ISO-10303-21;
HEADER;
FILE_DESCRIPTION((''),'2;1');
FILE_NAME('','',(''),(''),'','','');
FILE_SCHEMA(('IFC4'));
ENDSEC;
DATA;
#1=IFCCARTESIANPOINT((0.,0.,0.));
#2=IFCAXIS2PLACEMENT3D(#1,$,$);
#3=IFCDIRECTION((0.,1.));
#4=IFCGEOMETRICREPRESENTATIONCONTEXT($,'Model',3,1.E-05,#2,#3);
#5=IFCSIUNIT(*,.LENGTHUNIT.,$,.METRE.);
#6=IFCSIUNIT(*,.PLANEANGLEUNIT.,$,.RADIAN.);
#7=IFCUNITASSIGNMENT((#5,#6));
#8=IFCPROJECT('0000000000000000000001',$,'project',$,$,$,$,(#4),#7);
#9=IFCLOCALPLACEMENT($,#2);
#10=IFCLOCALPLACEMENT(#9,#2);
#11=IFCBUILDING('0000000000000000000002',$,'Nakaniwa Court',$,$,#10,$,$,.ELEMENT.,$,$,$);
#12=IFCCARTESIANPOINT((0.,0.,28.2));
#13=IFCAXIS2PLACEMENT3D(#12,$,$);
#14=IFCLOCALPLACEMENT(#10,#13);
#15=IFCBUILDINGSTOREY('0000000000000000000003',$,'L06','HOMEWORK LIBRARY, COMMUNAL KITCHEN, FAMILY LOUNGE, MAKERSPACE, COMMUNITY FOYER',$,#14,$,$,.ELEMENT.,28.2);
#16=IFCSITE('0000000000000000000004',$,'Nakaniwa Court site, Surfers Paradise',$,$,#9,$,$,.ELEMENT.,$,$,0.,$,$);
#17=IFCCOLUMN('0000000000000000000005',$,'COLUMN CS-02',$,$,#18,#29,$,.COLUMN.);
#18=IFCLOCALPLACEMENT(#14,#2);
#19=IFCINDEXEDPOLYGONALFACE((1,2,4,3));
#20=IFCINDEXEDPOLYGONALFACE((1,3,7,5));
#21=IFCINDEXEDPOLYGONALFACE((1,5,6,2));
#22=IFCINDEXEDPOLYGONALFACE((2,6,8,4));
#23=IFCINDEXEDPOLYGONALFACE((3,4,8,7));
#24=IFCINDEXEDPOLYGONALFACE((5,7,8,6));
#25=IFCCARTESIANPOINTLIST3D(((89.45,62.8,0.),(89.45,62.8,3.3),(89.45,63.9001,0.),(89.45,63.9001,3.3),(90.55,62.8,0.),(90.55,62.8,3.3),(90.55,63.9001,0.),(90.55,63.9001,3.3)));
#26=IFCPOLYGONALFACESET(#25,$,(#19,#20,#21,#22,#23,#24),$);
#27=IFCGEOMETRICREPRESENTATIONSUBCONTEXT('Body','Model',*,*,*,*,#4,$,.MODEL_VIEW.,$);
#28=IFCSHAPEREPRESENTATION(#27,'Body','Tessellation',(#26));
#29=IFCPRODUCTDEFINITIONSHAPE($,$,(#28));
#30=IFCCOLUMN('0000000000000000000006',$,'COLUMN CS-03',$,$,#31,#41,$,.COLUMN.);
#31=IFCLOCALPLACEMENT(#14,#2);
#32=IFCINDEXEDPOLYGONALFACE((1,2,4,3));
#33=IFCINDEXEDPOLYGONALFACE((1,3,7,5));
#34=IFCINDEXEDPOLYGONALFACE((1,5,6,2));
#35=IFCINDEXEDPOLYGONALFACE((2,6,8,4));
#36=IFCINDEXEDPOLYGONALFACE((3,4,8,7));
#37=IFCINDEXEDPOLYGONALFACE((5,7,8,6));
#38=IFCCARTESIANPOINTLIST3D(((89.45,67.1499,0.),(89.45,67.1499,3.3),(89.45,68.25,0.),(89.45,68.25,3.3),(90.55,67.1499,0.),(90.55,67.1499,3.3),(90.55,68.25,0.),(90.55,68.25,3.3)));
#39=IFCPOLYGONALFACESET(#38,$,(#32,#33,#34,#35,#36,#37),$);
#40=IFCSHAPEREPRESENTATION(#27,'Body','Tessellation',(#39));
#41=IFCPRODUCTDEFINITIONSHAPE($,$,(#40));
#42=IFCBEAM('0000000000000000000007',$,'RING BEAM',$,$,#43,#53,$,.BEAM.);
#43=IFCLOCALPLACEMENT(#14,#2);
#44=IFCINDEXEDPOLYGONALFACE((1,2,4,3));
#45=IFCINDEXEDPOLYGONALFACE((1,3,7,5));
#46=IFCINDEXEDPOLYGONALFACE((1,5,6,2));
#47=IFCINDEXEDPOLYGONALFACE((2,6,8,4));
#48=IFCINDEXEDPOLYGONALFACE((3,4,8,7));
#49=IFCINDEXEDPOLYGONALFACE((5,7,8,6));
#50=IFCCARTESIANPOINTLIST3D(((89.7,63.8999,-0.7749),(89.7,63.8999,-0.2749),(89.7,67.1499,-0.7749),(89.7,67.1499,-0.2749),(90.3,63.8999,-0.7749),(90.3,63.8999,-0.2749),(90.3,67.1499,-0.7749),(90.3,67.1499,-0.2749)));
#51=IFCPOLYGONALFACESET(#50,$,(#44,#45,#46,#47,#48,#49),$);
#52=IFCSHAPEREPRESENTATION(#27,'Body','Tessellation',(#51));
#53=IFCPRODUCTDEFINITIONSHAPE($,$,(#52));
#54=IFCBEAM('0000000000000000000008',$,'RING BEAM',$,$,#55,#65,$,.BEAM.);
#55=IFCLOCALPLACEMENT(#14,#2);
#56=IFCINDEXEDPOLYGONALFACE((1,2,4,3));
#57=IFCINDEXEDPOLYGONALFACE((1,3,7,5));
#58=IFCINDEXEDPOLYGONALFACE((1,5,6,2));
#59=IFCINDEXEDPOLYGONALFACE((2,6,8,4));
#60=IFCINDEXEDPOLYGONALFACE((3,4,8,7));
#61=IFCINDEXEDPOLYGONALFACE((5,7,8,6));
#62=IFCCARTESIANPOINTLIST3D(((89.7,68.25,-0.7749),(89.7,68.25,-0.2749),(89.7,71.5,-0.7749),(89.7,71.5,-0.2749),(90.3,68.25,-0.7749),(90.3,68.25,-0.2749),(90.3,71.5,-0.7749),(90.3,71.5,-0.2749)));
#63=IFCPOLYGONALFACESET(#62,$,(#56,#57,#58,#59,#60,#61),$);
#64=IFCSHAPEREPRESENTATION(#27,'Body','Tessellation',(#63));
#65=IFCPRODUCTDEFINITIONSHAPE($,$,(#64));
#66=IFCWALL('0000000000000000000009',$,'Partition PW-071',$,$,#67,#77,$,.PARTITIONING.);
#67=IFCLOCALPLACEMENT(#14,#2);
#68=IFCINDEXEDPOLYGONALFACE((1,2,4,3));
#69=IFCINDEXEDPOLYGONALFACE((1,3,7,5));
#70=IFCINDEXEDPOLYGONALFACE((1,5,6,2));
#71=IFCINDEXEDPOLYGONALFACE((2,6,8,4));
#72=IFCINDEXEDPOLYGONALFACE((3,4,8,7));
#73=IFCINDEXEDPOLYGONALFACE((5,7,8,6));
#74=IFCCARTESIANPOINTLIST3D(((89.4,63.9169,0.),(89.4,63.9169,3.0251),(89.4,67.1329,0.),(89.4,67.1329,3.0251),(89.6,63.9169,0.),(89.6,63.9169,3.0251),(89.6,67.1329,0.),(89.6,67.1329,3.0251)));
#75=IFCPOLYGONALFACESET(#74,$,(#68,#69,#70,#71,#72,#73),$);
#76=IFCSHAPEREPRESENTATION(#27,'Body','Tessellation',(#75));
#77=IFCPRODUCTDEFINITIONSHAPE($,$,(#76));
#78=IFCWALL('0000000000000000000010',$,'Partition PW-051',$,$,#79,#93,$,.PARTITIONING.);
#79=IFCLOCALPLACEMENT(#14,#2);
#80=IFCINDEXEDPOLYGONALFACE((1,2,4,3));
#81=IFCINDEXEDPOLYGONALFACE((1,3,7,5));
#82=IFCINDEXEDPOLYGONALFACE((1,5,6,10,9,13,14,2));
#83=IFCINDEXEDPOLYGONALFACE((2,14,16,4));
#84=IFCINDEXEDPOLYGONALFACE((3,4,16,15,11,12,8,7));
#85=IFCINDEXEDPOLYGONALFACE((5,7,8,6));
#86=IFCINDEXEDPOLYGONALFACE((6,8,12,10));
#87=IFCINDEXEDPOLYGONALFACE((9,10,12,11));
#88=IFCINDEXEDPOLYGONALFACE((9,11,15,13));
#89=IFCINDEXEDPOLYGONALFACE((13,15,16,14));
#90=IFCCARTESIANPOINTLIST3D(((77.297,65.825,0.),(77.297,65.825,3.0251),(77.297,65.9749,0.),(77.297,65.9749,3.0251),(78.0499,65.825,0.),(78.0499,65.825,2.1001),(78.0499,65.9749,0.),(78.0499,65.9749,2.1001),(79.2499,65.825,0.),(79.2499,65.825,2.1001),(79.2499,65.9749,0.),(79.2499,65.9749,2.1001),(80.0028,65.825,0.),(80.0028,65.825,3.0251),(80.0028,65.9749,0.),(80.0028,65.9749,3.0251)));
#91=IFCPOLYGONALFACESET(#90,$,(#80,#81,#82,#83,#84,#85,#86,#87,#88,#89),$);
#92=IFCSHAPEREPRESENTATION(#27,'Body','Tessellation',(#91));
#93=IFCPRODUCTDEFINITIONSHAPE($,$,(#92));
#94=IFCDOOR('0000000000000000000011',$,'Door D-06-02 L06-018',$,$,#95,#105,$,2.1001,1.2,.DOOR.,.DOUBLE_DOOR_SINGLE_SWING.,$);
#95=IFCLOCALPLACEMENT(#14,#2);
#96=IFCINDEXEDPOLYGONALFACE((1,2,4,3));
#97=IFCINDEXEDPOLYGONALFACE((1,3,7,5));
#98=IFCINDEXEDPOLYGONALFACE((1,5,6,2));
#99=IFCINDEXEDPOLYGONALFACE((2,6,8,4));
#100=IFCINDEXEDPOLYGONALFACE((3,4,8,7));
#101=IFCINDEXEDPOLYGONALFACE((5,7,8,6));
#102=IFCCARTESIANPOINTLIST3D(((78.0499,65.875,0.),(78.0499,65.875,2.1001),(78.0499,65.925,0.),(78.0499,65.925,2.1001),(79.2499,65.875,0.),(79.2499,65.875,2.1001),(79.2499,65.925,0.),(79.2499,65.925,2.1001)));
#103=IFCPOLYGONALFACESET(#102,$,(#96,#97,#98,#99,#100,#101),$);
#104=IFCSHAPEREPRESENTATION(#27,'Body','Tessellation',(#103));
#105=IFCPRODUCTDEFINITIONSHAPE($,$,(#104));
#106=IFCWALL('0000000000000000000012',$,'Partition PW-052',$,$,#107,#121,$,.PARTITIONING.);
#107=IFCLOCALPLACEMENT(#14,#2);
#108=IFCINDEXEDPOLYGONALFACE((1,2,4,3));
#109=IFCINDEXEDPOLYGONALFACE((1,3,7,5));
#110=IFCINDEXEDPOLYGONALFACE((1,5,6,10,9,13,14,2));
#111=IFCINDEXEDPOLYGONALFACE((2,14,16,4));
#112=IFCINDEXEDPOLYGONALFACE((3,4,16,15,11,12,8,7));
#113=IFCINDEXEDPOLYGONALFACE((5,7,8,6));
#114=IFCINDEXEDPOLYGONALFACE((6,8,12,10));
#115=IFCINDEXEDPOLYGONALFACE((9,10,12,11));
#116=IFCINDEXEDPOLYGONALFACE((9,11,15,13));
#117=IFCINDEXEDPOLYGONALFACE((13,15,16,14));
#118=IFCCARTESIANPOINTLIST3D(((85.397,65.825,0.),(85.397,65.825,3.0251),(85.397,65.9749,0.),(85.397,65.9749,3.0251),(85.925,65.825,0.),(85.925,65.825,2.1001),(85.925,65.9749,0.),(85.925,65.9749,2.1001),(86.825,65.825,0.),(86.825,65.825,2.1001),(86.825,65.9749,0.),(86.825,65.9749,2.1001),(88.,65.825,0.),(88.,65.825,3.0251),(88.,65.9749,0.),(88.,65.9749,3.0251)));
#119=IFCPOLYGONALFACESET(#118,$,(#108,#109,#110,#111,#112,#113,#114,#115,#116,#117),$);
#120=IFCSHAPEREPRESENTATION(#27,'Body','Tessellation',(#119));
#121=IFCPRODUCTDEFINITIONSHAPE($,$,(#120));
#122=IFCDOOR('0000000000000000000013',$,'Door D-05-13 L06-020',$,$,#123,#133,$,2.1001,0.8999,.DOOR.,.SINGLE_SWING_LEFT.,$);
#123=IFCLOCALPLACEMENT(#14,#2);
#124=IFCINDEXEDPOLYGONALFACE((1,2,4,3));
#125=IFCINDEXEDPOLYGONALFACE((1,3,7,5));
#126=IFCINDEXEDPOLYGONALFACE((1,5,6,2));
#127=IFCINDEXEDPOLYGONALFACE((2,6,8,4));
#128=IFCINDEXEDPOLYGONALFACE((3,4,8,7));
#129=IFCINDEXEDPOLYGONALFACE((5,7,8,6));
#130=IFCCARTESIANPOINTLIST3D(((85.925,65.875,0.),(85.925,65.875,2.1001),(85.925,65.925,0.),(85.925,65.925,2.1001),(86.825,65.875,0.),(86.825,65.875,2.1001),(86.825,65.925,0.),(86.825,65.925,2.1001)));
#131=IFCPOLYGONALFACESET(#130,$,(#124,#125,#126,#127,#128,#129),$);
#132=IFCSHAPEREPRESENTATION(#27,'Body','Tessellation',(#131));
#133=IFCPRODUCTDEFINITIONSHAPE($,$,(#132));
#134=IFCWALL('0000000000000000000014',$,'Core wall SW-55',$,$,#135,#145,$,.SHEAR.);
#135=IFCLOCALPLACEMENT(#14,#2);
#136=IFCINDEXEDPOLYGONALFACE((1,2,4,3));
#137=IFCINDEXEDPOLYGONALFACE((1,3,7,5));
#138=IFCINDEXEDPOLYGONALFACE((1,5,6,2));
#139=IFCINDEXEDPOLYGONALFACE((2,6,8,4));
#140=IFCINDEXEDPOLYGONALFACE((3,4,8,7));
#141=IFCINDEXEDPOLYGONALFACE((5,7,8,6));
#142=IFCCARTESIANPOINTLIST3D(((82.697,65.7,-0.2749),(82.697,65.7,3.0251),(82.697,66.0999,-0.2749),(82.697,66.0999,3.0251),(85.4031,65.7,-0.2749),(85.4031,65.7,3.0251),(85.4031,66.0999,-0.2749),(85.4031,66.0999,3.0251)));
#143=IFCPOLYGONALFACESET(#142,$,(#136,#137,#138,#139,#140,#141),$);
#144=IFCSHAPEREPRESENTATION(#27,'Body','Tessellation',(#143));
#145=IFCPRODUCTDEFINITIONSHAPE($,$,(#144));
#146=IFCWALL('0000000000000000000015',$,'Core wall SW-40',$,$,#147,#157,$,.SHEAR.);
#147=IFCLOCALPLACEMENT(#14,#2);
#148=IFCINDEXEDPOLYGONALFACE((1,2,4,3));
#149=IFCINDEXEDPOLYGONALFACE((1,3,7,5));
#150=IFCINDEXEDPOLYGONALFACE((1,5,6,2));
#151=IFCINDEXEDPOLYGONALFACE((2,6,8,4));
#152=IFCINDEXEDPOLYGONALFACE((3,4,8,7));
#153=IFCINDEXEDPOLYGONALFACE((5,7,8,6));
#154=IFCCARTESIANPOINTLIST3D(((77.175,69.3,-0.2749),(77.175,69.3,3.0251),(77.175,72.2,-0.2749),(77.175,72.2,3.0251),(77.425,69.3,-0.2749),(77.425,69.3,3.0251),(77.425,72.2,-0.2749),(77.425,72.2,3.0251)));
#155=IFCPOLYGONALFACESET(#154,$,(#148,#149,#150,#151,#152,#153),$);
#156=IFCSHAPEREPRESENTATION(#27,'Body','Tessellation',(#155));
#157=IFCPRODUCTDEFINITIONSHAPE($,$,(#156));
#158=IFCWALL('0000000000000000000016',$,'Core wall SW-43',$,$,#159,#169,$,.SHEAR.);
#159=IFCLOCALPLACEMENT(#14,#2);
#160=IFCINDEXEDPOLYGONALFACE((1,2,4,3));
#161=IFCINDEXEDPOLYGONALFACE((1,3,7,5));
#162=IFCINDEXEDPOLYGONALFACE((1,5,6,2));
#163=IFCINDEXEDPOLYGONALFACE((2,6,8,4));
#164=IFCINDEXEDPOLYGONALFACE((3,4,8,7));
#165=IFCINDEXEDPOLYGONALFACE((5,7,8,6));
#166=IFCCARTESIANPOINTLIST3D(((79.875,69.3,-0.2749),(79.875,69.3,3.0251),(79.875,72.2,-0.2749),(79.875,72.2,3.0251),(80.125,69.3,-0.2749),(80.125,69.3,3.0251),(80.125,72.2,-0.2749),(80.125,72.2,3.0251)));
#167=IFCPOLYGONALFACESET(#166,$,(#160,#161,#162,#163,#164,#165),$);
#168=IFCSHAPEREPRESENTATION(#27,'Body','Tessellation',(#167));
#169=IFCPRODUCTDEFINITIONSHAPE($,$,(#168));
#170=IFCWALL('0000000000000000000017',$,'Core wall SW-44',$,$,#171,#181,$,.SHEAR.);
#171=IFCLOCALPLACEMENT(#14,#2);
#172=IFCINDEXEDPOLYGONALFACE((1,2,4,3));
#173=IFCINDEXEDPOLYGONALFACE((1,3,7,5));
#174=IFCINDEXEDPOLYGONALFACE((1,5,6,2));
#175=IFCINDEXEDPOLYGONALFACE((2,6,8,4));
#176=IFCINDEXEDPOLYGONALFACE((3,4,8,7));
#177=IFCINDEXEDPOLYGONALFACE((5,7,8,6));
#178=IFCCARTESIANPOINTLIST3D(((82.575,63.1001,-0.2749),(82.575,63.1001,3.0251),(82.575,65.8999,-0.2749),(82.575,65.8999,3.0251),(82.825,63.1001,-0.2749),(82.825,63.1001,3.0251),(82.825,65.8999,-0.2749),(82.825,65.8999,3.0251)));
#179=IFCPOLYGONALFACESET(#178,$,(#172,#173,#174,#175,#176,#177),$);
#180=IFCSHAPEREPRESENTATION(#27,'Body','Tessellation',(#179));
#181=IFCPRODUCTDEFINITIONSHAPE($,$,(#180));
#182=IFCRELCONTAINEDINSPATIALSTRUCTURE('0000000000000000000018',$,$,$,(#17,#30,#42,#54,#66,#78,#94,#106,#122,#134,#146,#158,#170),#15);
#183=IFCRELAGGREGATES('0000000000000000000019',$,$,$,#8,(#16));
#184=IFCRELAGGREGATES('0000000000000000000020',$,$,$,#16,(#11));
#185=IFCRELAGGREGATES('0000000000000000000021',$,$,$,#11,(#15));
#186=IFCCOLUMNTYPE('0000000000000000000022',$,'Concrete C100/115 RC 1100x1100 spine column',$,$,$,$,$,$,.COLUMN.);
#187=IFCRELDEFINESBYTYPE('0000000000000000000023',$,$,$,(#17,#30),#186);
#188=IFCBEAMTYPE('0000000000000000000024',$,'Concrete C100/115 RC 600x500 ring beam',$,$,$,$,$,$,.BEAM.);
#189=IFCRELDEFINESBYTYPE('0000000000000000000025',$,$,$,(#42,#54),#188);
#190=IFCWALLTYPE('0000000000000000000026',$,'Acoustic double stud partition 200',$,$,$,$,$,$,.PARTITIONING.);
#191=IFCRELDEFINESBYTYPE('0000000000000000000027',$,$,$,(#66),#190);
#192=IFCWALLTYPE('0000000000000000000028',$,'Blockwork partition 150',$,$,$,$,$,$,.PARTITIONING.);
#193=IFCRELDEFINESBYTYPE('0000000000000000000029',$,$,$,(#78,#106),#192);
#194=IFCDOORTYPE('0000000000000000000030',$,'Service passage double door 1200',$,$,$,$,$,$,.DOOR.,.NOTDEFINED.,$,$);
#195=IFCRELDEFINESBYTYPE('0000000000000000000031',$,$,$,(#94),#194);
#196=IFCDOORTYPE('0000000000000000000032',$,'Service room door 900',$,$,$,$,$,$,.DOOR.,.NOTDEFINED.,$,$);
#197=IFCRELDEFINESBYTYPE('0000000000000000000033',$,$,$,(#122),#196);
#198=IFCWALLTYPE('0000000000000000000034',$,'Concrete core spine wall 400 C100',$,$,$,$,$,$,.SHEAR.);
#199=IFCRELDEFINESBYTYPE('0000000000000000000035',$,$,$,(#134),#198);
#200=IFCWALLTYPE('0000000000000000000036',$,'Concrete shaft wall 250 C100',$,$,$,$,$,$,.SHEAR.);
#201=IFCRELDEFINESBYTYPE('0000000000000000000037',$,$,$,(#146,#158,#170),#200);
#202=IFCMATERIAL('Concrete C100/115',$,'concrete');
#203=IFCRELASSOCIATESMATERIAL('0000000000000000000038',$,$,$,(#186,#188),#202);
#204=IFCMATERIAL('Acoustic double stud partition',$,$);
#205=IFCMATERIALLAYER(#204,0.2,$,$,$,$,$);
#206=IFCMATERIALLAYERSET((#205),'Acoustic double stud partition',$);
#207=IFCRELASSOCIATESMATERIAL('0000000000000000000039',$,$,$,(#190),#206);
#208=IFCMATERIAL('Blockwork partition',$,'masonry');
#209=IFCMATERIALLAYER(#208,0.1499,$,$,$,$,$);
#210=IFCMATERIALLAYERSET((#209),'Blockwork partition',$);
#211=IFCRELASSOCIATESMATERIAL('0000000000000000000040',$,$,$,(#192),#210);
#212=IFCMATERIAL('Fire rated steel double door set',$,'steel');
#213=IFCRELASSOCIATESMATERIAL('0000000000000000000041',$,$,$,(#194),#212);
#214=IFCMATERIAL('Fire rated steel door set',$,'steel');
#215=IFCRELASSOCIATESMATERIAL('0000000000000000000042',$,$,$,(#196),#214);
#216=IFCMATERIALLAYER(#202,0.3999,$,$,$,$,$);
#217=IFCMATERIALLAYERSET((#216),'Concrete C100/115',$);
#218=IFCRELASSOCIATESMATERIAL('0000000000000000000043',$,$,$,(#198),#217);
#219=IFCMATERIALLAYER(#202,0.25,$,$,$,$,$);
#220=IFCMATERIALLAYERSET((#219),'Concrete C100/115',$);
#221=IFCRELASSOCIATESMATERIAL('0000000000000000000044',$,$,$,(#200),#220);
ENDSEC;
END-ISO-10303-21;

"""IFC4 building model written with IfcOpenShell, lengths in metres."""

from ifc_helpers import new_model, si_unit, direction, frame, frame_2d, origin, origin_2d, place, context, subcontext, project, spatial, rectangle, extrude, material, layer, layer_set, material_profile, profile_set, type_object, element, fill, save


model = new_model("IFC4")

# Units and contexts
model_context = context("Model", 3, precision=1e-05, world=origin(), true_north=direction((0.0, 1.0)))
body_context = subcontext(model_context, "Body", "Model", "MODEL_VIEW")
ifc_project = project(units=[si_unit("LENGTHUNIT", "METRE"), si_unit("PLANEANGLEUNIT", "RADIAN")], contexts=[model_context])

# Site, building, storey
site_placement = place(None, origin())
site = spatial("IfcSite", under=ifc_project, at=site_placement, Name="Nakaniwa Court site, Surfers Paradise", CompositionType="ELEMENT", RefElevation=0.0)
building_placement = place(site_placement, origin())
building = spatial("IfcBuilding", under=site, at=building_placement, Name="Nakaniwa Court", CompositionType="ELEMENT")
storey_placement = place(building_placement, frame((0.0, 0.0, 28.2)))
storey = spatial("IfcBuildingStorey", under=building, at=storey_placement, Name="L06", Description="HOMEWORK LIBRARY, COMMUNAL KITCHEN, FAMILY LOUNGE, MAKERSPACE, COMMUNITY FOYER", CompositionType="ELEMENT", Elevation=28.2)

# Columns
ifc_material_1 = material(Name="Concrete C100/115", Category="concrete")
ifc_material_profile_1 = material_profile(ifc_material_1, rectangle(XDim=1.1001, YDim=1.1001, at=origin_2d()), Name="Concrete C100/115 RC 1100x1100 spine column")
ifc_profile_set_1 = profile_set([ifc_material_profile_1], Name="Concrete C100/115")
column_type = type_object("IfcColumnType", Name="Concrete C100/115 RC 1100x1100 spine column", PredefinedType="COLUMN", material=ifc_profile_set_1)
for number, where, z_axis, x_axis, name in (
    (1, (90.0, 63.3501, 0.0), (0.0, 0.0, 1.0), (0.0, 1.0, 0.0), "COLUMN CS-02"),
    (2, (90.0, 67.7, 0.0), (0.0, 0.0, 1.0), (0.0, 1.0, 0.0), "COLUMN CS-03"),
):
    element("IfcColumn", number, at=place(storey_placement, frame(where, z_axis=z_axis, x_axis=x_axis)), inside=storey, type_object=column_type, Name=name, PredefinedType="COLUMN", context=body_context, shape_type="SweptSolid", body=[
        extrude(rectangle(XDim=1.1001, YDim=1.1001, at=origin_2d()), origin(), (0.0, 0.0, 1.0), 3.3),
    ])

# Beams
ifc_material_profile_2 = material_profile(ifc_material_1, rectangle(XDim=0.6001, YDim=0.5, at=origin_2d()), Name="Concrete C100/115 RC 600x500 ring beam")
ifc_profile_set_2 = profile_set([ifc_material_profile_2], Name="Concrete C100/115")
beam_type = type_object("IfcBeamType", Name="Concrete C100/115 RC 600x500 ring beam", PredefinedType="BEAM", material=ifc_profile_set_2)
for number, where, z_axis, x_axis, name in (
    (3, (90.0, 63.8999, -0.5249), (0.0, 1.0, 0.0), (-1.0, 0.0, 0.0), "RING BEAM"),
    (4, (90.0, 68.25, -0.5249), (0.0, 1.0, 0.0), (-1.0, 0.0, 0.0), "RING BEAM"),
):
    element("IfcBeam", number, at=place(storey_placement, frame(where, z_axis=z_axis, x_axis=x_axis)), inside=storey, type_object=beam_type, Name=name, PredefinedType="BEAM", context=body_context, shape_type="SweptSolid", body=[
        extrude(rectangle(XDim=0.6001, YDim=0.5, at=origin_2d()), origin(), (0.0, 0.0, 1.0), 3.25),
    ])

# Wall
ifc_material_2 = material(Name="Acoustic double stud partition")
ifc_layer_1 = layer(ifc_material_2, 0.2)
ifc_layer_set_1 = layer_set([ifc_layer_1], Name="Acoustic double stud partition")
wall_type_1 = type_object("IfcWallType", Name="Acoustic double stud partition 200", PredefinedType="PARTITIONING", material=ifc_layer_set_1)
wall_1_placement = place(storey_placement, frame((89.5, 63.917, 0.0), z_axis=(0.0, 0.0, 1.0), x_axis=(0.0, 1.0, 0.0)))
element("IfcWall", 5, at=wall_1_placement, inside=storey, type_object=wall_type_1, Name="Partition PW-071", PredefinedType="PARTITIONING", context=body_context, shape_type="SweptSolid", body=[
    extrude(rectangle(XDim=3.2161, YDim=0.2, at=frame_2d((1.6079, 0.0))), origin(), (0.0, 0.0, 1.0), 3.0251),
])

# Walls, openings, doors
ifc_material_3 = material(Name="Blockwork partition", Category="masonry")
ifc_layer_2 = layer(ifc_material_3, 0.1499)
ifc_layer_set_2 = layer_set([ifc_layer_2], Name="Blockwork partition")
wall_type_2 = type_object("IfcWallType", Name="Blockwork partition 150", PredefinedType="PARTITIONING", material=ifc_layer_set_2)
wall_2_placement = place(storey_placement, frame((80.0029, 65.8999, 0.0), z_axis=(0.0, 0.0, 1.0), x_axis=(-1.0, 0.0, 0.0)))
wall_2 = element("IfcWall", 6, at=wall_2_placement, inside=storey, type_object=wall_type_2, Name="Partition PW-051", PredefinedType="PARTITIONING", context=body_context, shape_type="SweptSolid", body=[
    extrude(rectangle(XDim=2.7058, YDim=0.1499, at=frame_2d((1.353, 0.0))), origin(), (0.0, 0.0, 1.0), 3.0251),
])
opening_1_placement = place(wall_2_placement, frame((0.7529, 0.0, 0.0)))
opening_1 = element("IfcOpeningElement", 7, at=opening_1_placement, cuts=wall_2, PredefinedType="OPENING", context=body_context, shape_type="SweptSolid", body=[
    extrude(rectangle(XDim=1.2, YDim=2.1001, at=frame_2d((0.6001, 1.05))), frame((0.0, 0.085, 0.0), z_axis=(0.0, -1.0, 0.0), x_axis=(1.0, 0.0, 0.0)), (0.0, 0.0, 1.0), 0.1699),
])
ifc_material_4 = material(Name="Fire rated steel double door set", Category="steel")
door_type_1 = type_object("IfcDoorType", Name="Service passage double door 1200", OperationType="NOTDEFINED", PredefinedType="DOOR", material=ifc_material_4)
door_1_placement = place(opening_1_placement, origin())
door_1 = element("IfcDoor", 8, at=door_1_placement, inside=storey, type_object=door_type_1, Name="Door D-06-02 L06-018", OperationType="DOUBLE_DOOR_SINGLE_SWING", OverallHeight=2.1001, OverallWidth=1.2, PredefinedType="DOOR", context=body_context, shape_type="SweptSolid", body=[
    extrude(rectangle(XDim=1.2, YDim=2.1001, at=frame_2d((0.6001, 1.05))), frame((0.0, 0.0249, 0.0), z_axis=(0.0, -1.0, 0.0), x_axis=(1.0, 0.0, 0.0)), (0.0, 0.0, 1.0), 0.05),
])
fill(opening_1, door_1)
wall_3_placement = place(storey_placement, frame((88.0, 65.8999, 0.0), z_axis=(0.0, 0.0, 1.0), x_axis=(-1.0, 0.0, 0.0)))
wall_3 = element("IfcWall", 9, at=wall_3_placement, inside=storey, type_object=wall_type_2, Name="Partition PW-052", PredefinedType="PARTITIONING", context=body_context, shape_type="SweptSolid", body=[
    extrude(rectangle(XDim=2.603, YDim=0.1499, at=frame_2d((1.3015, 0.0))), origin(), (0.0, 0.0, 1.0), 3.0251),
])
opening_2_placement = place(wall_3_placement, frame((1.175, 0.0, 0.0)))
opening_2 = element("IfcOpeningElement", 10, at=opening_2_placement, cuts=wall_3, PredefinedType="OPENING", context=body_context, shape_type="SweptSolid", body=[
    extrude(rectangle(XDim=0.8999, YDim=2.1001, at=frame_2d((0.45, 1.05))), frame((0.0, 0.085, 0.0), z_axis=(0.0, -1.0, 0.0), x_axis=(1.0, 0.0, 0.0)), (0.0, 0.0, 1.0), 0.1699),
])
ifc_material_5 = material(Name="Fire rated steel door set", Category="steel")
door_type_2 = type_object("IfcDoorType", Name="Service room door 900", OperationType="NOTDEFINED", PredefinedType="DOOR", material=ifc_material_5)
door_2_placement = place(opening_2_placement, origin())
door_2 = element("IfcDoor", 11, at=door_2_placement, inside=storey, type_object=door_type_2, Name="Door D-05-13 L06-020", OperationType="SINGLE_SWING_LEFT", OverallHeight=2.1001, OverallWidth=0.8999, PredefinedType="DOOR", context=body_context, shape_type="SweptSolid", body=[
    extrude(rectangle(XDim=0.8999, YDim=2.1001, at=frame_2d((0.45, 1.05))), frame((0.0, 0.0249, 0.0), z_axis=(0.0, -1.0, 0.0), x_axis=(1.0, 0.0, 0.0)), (0.0, 0.0, 1.0), 0.05),
])
fill(opening_2, door_2)

# Walls
ifc_layer_3 = layer(ifc_material_1, 0.3999)
ifc_layer_set_3 = layer_set([ifc_layer_3], Name="Concrete C100/115")
wall_type_3 = type_object("IfcWallType", Name="Concrete core spine wall 400 C100", PredefinedType="SHEAR", material=ifc_layer_set_3)
wall_4_placement = place(storey_placement, frame((82.697, 65.8999, -0.2749), z_axis=(0.0, 0.0, 1.0), x_axis=(1.0, 0.0, 0.0)))
element("IfcWall", 12, at=wall_4_placement, inside=storey, type_object=wall_type_3, Name="Core wall SW-55", PredefinedType="SHEAR", context=body_context, shape_type="SweptSolid", body=[
    extrude(rectangle(XDim=2.7061, YDim=0.3999, at=frame_2d((1.353, 0.0))), origin(), (0.0, 0.0, 1.0), 3.3),
])
ifc_layer_4 = layer(ifc_material_1, 0.25)
ifc_layer_set_4 = layer_set([ifc_layer_4], Name="Concrete C100/115")
wall_type_4 = type_object("IfcWallType", Name="Concrete shaft wall 250 C100", PredefinedType="SHEAR", material=ifc_layer_set_4)
for number, where, z_axis, x_axis, name in (
    (13, (77.3, 69.3, -0.2749), (0.0, 0.0, 1.0), (0.0, 1.0, 0.0), "Core wall SW-40"),
    (14, (80.0, 69.3, -0.2749), (0.0, 0.0, 1.0), (0.0, 1.0, 0.0), "Core wall SW-43"),
):
    element("IfcWall", number, at=place(storey_placement, frame(where, z_axis=z_axis, x_axis=x_axis)), inside=storey, type_object=wall_type_4, Name=name, PredefinedType="SHEAR", context=body_context, shape_type="SweptSolid", body=[
        extrude(rectangle(XDim=2.8999, YDim=0.25, at=frame_2d((1.45, 0.0))), origin(), (0.0, 0.0, 1.0), 3.3),
    ])
for number, where, z_axis, x_axis, name in (
    (15, (82.7, 63.1001, -0.2749), (0.0, 0.0, 1.0), (0.0, 1.0, 0.0), "Core wall SW-44"),
):
    element("IfcWall", number, at=place(storey_placement, frame(where, z_axis=z_axis, x_axis=x_axis)), inside=storey, type_object=wall_type_4, Name=name, PredefinedType="SHEAR", context=body_context, shape_type="SweptSolid", body=[
        extrude(rectangle(XDim=2.7998, YDim=0.25, at=frame_2d((1.3999, 0.0))), origin(), (0.0, 0.0, 1.0), 3.3),
    ])

save(model, "model.ifc")
